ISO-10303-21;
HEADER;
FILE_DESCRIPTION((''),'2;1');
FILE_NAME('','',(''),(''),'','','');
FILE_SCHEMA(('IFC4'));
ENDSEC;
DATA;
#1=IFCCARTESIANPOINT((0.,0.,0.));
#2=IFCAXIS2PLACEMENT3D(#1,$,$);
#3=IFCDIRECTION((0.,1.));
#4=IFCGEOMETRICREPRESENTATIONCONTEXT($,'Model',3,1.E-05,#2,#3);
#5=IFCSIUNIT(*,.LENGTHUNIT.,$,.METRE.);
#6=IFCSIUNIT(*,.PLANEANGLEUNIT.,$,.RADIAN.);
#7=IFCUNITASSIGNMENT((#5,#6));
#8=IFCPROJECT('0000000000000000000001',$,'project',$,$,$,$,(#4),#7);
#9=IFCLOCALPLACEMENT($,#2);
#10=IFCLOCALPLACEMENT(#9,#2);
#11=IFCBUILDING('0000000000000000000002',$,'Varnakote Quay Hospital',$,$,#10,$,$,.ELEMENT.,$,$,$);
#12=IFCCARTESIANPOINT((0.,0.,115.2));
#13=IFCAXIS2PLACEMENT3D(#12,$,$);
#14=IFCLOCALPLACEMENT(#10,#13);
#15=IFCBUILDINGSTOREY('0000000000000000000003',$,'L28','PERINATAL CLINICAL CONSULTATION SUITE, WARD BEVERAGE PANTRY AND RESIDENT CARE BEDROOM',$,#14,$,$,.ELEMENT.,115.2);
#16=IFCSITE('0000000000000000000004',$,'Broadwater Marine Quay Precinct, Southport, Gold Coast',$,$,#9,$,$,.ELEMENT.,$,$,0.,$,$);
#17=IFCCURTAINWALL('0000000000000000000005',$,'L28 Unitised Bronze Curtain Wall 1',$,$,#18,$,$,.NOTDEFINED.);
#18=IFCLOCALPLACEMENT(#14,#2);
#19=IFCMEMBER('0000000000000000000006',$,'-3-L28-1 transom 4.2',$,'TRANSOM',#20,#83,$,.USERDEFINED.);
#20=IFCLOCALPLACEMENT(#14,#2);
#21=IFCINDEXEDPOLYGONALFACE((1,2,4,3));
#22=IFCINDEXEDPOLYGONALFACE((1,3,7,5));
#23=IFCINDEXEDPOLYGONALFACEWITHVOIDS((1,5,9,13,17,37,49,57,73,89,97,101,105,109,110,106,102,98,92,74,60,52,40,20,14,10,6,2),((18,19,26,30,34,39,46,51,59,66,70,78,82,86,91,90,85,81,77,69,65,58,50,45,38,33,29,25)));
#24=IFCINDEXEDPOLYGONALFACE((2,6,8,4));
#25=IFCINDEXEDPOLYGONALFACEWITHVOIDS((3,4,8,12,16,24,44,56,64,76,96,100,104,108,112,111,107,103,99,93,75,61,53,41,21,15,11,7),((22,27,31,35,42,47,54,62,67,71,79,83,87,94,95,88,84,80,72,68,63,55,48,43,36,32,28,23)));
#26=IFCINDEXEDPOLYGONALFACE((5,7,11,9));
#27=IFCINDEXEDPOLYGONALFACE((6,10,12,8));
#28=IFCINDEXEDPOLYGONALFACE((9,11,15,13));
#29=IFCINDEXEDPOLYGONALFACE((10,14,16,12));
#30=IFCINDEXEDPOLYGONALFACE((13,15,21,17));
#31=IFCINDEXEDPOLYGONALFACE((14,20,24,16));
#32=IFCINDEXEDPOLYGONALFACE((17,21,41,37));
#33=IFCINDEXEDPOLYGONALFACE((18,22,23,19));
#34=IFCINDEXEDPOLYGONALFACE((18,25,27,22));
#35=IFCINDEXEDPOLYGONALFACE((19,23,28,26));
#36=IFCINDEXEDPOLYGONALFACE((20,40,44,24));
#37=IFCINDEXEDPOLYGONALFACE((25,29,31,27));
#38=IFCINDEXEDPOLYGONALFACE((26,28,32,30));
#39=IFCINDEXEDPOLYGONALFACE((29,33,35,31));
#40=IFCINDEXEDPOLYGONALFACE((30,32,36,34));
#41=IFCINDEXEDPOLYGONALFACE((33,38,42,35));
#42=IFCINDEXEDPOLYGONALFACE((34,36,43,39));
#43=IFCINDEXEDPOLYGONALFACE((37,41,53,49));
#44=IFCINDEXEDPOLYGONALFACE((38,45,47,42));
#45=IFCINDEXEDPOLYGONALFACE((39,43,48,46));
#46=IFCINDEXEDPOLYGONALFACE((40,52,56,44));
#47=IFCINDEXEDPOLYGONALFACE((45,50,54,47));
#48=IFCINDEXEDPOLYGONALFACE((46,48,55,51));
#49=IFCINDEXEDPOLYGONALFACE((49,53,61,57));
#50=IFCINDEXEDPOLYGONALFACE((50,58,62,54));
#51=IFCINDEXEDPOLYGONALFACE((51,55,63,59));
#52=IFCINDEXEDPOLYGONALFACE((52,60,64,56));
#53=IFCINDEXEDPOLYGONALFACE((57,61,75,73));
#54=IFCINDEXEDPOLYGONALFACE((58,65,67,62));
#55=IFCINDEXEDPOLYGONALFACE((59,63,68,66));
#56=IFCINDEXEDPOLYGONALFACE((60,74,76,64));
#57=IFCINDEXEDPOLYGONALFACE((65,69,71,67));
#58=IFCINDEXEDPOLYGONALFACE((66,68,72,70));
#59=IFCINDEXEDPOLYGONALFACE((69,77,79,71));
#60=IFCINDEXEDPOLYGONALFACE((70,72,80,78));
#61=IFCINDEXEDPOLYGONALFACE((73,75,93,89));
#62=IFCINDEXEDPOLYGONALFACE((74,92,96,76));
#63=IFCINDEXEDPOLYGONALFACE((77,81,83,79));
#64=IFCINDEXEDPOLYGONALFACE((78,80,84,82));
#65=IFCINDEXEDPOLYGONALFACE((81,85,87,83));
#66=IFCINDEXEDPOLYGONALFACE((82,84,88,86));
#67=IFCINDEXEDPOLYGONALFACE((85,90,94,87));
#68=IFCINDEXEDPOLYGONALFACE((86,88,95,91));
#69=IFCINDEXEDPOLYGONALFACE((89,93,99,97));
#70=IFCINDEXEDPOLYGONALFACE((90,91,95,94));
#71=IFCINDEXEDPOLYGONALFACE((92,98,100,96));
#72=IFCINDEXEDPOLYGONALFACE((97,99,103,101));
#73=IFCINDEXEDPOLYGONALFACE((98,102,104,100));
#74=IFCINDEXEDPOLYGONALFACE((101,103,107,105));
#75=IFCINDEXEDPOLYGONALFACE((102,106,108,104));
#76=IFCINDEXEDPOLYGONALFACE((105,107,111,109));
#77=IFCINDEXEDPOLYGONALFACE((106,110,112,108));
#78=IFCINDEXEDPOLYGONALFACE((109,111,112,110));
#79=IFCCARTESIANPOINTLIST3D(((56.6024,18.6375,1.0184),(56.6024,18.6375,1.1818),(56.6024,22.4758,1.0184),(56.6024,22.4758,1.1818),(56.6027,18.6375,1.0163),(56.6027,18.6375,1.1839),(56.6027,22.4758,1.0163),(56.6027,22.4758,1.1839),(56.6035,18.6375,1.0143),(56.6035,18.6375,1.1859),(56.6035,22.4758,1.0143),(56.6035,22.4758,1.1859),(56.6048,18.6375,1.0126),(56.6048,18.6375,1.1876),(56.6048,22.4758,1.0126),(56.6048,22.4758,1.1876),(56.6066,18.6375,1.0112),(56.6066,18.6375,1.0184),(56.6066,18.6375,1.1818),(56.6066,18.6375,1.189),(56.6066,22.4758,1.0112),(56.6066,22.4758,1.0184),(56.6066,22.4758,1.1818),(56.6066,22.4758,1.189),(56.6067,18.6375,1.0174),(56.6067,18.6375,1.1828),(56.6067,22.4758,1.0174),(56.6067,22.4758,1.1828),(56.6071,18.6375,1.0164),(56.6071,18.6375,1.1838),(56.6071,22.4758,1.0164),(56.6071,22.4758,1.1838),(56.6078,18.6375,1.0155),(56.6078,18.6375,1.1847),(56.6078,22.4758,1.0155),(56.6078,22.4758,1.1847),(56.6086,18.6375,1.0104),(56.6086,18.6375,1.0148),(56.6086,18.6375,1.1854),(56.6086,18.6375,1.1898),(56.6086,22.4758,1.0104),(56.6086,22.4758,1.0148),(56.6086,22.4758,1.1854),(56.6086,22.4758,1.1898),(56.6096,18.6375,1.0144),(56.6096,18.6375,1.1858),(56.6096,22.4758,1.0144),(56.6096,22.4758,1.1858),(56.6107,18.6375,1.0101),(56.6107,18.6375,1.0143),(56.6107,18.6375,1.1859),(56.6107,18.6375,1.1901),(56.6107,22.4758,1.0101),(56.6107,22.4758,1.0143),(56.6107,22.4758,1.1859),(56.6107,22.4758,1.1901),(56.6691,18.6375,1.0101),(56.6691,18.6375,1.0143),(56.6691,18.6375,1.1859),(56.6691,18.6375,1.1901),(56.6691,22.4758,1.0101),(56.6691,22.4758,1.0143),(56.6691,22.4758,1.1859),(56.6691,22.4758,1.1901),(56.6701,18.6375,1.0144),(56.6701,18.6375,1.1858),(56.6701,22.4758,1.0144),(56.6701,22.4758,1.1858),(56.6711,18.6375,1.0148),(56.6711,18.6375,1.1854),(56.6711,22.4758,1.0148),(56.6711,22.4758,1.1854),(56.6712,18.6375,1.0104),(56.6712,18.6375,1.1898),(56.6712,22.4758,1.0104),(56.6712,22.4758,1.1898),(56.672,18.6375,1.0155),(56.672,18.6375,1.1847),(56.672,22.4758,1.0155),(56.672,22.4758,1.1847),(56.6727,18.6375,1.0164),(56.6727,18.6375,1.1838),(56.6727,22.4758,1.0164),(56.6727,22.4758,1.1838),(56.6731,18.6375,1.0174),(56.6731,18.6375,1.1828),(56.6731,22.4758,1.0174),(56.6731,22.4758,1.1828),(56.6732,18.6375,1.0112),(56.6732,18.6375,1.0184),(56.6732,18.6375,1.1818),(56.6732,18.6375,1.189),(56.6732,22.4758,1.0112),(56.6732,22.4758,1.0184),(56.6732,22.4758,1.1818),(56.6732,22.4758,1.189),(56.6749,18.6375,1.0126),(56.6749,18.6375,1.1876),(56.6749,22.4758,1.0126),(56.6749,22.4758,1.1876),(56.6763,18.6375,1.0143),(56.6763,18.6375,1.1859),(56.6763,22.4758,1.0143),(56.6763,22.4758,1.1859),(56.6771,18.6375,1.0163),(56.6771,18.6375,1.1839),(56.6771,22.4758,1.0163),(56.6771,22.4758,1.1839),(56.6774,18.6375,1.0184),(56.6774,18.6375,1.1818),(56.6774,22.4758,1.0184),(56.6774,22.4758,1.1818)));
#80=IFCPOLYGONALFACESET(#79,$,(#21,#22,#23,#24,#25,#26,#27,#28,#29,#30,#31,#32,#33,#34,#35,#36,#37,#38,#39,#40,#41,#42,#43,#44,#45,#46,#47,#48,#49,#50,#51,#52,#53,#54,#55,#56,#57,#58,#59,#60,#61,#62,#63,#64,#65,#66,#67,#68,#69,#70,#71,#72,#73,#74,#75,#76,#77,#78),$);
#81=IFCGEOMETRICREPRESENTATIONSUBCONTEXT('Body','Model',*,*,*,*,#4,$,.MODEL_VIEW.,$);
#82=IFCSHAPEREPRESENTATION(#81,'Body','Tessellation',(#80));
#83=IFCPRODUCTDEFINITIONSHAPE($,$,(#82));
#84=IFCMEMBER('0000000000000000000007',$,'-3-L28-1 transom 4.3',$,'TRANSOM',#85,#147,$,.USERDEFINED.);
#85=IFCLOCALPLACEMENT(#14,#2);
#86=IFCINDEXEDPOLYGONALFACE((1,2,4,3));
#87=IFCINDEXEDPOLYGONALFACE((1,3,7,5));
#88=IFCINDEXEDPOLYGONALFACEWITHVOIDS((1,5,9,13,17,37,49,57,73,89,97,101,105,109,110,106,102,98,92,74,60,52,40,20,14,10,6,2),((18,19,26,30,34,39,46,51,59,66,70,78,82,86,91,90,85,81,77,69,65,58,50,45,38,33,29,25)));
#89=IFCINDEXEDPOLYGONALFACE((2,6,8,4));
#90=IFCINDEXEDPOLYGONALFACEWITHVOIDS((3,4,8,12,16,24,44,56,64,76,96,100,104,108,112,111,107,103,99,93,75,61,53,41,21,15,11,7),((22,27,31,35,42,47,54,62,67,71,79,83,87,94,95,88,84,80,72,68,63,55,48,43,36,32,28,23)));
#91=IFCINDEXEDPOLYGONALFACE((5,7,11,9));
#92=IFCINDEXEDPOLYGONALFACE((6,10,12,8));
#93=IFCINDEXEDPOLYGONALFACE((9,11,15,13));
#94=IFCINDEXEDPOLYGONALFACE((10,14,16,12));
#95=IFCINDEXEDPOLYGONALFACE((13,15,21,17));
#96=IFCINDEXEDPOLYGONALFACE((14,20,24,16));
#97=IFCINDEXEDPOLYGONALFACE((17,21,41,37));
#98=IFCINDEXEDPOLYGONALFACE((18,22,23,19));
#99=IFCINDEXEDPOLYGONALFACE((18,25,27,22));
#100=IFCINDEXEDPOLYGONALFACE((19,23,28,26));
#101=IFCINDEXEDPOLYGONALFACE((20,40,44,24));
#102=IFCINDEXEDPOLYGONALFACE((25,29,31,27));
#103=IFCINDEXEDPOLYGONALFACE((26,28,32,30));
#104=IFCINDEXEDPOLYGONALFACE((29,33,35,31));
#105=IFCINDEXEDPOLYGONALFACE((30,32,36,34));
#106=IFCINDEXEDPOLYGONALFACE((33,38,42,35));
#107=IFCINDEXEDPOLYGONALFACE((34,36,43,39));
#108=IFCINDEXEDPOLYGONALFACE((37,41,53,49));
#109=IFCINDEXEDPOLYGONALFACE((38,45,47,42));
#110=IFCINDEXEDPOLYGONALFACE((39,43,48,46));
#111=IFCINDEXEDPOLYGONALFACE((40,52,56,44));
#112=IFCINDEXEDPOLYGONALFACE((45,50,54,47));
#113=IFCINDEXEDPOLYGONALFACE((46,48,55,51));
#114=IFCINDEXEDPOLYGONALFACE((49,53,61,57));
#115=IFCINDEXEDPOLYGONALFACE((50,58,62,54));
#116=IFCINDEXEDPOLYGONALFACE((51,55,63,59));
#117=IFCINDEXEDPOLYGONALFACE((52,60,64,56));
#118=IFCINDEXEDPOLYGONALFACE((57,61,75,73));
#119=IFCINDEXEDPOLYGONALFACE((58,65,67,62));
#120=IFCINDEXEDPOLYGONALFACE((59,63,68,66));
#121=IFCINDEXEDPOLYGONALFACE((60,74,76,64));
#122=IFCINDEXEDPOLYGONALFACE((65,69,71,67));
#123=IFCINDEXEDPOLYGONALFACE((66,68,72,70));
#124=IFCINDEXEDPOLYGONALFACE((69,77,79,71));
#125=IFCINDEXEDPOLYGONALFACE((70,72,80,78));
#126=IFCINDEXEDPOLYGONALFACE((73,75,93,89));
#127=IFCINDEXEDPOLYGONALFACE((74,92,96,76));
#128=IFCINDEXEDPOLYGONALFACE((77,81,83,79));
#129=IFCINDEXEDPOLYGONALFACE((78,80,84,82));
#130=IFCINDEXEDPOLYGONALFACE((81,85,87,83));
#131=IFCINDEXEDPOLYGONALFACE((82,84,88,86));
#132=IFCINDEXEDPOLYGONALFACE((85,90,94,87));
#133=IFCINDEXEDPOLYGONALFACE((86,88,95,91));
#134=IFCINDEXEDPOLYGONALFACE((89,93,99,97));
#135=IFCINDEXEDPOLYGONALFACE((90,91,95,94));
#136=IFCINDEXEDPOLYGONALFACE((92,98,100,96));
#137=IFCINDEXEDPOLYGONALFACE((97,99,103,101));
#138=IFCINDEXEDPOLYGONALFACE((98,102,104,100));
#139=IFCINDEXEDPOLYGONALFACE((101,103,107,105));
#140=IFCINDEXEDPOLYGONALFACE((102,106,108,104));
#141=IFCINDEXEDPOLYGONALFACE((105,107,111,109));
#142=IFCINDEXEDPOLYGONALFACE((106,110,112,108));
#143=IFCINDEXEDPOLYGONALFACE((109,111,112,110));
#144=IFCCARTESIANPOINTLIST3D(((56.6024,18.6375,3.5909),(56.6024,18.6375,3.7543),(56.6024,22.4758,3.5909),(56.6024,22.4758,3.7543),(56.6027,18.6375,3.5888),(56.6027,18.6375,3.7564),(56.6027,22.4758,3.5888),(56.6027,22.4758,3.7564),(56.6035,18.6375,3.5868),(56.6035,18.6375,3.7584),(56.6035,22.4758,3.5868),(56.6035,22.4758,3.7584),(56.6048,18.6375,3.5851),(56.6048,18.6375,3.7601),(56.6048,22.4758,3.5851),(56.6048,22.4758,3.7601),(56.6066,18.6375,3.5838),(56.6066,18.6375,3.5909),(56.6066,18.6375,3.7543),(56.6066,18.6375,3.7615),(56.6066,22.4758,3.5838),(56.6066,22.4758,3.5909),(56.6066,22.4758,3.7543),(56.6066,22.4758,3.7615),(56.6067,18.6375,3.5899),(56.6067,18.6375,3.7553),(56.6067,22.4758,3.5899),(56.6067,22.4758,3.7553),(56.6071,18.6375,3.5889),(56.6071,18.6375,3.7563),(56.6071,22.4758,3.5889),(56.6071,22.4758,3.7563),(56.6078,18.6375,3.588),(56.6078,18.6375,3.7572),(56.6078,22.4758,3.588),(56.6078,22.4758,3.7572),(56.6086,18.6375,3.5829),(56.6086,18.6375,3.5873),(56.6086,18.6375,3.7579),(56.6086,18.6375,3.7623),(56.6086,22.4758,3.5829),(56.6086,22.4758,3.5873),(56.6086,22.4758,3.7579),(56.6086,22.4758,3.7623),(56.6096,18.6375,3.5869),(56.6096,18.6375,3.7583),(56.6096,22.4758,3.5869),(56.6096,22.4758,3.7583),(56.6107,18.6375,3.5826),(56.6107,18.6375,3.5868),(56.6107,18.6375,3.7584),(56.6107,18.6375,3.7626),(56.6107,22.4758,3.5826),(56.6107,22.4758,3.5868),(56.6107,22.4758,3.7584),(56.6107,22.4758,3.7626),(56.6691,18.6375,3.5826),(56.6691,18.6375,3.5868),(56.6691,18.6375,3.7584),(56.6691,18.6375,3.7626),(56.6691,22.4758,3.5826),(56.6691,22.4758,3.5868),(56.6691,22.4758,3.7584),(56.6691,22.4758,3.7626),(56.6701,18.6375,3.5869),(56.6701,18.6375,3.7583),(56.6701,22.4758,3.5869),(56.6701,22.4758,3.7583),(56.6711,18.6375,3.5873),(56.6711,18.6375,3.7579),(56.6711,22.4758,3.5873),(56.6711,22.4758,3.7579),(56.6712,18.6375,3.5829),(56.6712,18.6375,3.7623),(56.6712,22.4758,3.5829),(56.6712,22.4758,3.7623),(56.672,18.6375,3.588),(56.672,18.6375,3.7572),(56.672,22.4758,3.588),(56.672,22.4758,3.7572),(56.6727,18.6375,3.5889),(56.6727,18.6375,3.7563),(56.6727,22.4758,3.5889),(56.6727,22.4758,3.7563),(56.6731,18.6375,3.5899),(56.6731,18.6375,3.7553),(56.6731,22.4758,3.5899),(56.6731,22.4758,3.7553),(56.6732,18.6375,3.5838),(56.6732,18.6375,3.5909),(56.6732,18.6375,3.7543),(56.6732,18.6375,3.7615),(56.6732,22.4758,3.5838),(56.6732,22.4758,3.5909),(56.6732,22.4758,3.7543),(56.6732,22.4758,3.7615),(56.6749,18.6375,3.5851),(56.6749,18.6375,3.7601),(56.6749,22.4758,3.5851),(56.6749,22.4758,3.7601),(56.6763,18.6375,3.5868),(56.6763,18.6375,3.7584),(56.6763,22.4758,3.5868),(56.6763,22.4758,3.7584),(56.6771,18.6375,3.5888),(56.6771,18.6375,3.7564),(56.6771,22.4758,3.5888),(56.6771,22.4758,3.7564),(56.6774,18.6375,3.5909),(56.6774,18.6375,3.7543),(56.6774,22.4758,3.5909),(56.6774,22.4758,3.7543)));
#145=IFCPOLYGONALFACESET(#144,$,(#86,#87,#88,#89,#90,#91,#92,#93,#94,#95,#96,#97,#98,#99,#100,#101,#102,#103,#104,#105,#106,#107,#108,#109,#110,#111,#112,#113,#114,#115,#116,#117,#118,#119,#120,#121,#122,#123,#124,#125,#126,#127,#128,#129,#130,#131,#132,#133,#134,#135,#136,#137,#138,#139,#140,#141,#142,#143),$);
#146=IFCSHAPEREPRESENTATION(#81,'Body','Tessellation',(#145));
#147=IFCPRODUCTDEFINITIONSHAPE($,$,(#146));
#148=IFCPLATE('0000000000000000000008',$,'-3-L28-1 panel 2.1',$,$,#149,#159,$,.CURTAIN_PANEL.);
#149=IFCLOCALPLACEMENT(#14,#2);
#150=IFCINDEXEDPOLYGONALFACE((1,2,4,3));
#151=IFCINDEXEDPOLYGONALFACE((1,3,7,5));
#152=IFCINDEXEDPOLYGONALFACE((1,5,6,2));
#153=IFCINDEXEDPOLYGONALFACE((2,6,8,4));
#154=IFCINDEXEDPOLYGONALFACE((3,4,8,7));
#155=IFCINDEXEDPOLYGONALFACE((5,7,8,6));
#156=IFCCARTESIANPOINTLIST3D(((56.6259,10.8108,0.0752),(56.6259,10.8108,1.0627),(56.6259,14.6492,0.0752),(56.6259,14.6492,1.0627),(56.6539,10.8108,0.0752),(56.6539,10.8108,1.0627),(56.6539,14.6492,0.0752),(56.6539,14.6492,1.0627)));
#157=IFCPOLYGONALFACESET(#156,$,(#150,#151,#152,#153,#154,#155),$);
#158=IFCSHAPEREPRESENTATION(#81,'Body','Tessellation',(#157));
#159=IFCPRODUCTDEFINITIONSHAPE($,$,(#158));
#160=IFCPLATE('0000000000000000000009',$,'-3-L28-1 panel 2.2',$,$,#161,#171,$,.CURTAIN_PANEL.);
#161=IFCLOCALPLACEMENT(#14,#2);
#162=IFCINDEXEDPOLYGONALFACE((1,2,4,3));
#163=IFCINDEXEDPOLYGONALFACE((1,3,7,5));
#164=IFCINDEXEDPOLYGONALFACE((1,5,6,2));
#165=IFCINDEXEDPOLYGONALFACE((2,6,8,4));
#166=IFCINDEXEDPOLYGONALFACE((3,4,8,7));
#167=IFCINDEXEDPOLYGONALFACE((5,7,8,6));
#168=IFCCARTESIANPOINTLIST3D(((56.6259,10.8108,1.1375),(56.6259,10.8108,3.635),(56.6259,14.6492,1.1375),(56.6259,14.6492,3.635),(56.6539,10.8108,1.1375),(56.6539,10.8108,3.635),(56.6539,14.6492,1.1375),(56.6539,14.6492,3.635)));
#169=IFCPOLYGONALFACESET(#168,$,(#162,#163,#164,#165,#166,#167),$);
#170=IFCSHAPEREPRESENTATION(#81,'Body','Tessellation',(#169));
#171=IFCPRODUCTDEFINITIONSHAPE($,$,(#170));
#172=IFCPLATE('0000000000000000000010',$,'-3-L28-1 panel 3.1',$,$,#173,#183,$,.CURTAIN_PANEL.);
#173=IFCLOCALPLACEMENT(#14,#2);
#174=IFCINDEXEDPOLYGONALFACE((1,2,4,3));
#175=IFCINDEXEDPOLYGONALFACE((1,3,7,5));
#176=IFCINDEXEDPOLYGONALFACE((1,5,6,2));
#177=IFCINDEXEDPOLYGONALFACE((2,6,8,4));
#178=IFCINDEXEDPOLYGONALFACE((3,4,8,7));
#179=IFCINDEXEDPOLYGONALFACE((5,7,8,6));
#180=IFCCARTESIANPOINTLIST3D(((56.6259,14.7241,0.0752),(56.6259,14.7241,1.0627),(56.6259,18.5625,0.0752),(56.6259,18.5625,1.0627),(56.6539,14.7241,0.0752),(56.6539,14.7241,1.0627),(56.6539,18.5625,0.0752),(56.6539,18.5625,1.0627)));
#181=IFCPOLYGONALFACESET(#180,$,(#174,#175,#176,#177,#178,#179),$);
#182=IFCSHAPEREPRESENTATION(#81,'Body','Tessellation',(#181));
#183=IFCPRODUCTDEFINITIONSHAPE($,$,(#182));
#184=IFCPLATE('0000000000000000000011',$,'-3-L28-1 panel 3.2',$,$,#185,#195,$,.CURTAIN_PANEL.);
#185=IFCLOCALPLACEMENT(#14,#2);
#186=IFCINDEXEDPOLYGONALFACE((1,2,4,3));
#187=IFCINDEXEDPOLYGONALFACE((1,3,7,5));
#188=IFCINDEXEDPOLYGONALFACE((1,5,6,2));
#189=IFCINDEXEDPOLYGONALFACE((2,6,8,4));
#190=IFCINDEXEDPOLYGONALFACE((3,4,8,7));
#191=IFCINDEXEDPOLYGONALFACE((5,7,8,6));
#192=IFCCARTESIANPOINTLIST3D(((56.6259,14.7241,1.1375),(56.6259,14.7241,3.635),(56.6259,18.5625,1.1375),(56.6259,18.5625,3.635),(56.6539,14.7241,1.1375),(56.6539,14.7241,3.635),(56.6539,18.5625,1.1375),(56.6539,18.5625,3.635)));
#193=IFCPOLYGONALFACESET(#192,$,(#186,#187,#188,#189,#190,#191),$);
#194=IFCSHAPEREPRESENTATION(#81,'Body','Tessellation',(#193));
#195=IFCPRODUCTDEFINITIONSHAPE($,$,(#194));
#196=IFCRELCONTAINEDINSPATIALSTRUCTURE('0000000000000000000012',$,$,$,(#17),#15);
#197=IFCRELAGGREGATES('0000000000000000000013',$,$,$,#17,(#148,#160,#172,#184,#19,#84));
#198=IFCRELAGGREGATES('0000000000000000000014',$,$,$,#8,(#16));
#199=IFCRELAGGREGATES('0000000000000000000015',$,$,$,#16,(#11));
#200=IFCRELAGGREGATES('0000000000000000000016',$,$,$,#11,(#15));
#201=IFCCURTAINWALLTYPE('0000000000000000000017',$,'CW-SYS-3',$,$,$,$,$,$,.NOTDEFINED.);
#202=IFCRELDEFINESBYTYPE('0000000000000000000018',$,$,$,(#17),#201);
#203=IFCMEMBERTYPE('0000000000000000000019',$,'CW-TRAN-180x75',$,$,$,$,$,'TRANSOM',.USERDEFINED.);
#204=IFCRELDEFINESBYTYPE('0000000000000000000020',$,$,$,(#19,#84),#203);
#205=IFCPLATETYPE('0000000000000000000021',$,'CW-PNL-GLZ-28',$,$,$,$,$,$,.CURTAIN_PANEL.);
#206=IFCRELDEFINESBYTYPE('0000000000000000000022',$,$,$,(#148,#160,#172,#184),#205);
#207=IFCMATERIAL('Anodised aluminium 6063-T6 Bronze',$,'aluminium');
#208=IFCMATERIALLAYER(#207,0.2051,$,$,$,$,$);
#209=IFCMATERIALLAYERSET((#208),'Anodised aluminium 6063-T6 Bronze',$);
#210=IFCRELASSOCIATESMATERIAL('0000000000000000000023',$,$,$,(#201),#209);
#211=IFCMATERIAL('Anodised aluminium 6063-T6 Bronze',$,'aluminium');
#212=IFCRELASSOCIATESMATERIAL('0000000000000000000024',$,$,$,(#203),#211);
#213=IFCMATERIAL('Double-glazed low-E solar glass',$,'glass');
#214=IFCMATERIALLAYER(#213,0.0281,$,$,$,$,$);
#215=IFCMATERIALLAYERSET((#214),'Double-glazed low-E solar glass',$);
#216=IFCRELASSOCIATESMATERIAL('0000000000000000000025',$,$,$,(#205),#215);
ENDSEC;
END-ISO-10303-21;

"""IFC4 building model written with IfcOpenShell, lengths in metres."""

from ifc_helpers import new_model, si_unit, direction, frame, origin, origin_2d, place, context, subcontext, project, spatial, rectangle, hollow_rectangle, extrude, material, layer, layer_set, material_profile, profile_set, type_object, element, aggregate, save


model = new_model("IFC4")

# Units and contexts
model_context = context("Model", 3, precision=1e-05, world=origin(), true_north=direction((0.0, 1.0)))
body_context = subcontext(model_context, "Body", "Model", "MODEL_VIEW")
ifc_project = project(units=[si_unit("LENGTHUNIT", "METRE"), si_unit("PLANEANGLEUNIT", "RADIAN")], contexts=[model_context])

# Site, building, storey
site_placement = place(None, origin())
site = spatial("IfcSite", under=ifc_project, at=site_placement, Name="Broadwater Marine Quay Precinct, Southport, Gold Coast", CompositionType="ELEMENT", RefElevation=0.0)
building_placement = place(site_placement, origin())
building = spatial("IfcBuilding", under=site, at=building_placement, Name="Varnakote Quay Hospital", CompositionType="ELEMENT")
storey_placement = place(building_placement, frame((0.0, 0.0, 115.2)))
storey = spatial("IfcBuildingStorey", under=building, at=storey_placement, Name="L28", Description="PERINATAL CLINICAL CONSULTATION SUITE, WARD BEVERAGE PANTRY AND RESIDENT CARE BEDROOM", CompositionType="ELEMENT", Elevation=115.2)

# Curtain wall, members, plates
ifc_material_1 = material(Name="Anodised aluminium 6063-T6 Bronze", Category="aluminium")
ifc_layer_1 = layer(ifc_material_1, 0.2051)
ifc_layer_set_1 = layer_set([ifc_layer_1], Name="Anodised aluminium 6063-T6 Bronze")
curtain_wall_type = type_object("IfcCurtainWallType", Name="CW-SYS-3", PredefinedType="NOTDEFINED", material=ifc_layer_set_1)
curtain_wall_placement = place(storey_placement, origin())
curtain_wall = element("IfcCurtainWall", 1, at=curtain_wall_placement, inside=storey, type_object=curtain_wall_type, Name="L28 Unitised Bronze Curtain Wall 1", PredefinedType="NOTDEFINED")
ifc_material_2 = material(Name="Anodised aluminium 6063-T6 Bronze", Category="aluminium")
ifc_material_profile_1 = material_profile(ifc_material_2, hollow_rectangle(XDim=0.075, YDim=0.1799, WallThickness=0.0042, InnerFilletRadius=0.0042, OuterFilletRadius=0.0083, at=origin_2d()), Name="CW-TRAN-180x75")
ifc_profile_set_1 = profile_set([ifc_material_profile_1], Name="Anodised aluminium 6063-T6 Bronze")
member_type_1 = type_object("IfcMemberType", Name="CW-TRAN-180x75", ElementType="TRANSOM", PredefinedType="USERDEFINED", material=ifc_profile_set_1)
member_1_placement = place(storey_placement, frame((56.6399, 18.6375, 1.1001), z_axis=(0.0, 1.0, 0.0), x_axis=(-1.0, 0.0, 0.0)))
member_1 = element("IfcMember", 2, at=member_1_placement, type_object=member_type_1, Name="-3-L28-1 transom 4.2", ObjectType="TRANSOM", PredefinedType="USERDEFINED", context=body_context, shape_type="SweptSolid", body=[
    extrude(hollow_rectangle(XDim=0.075, YDim=0.1799, WallThickness=0.0042, InnerFilletRadius=0.0042, OuterFilletRadius=0.0083, at=origin_2d()), origin(), (0.0, 0.0, 1.0), 3.8384),
])
member_2_placement = place(storey_placement, frame((56.6399, 18.6375, 3.6726), z_axis=(0.0, 1.0, 0.0), x_axis=(-1.0, 0.0, 0.0)))
member_2 = element("IfcMember", 3, at=member_2_placement, type_object=member_type_1, Name="-3-L28-1 transom 4.3", ObjectType="TRANSOM", PredefinedType="USERDEFINED", context=body_context, shape_type="SweptSolid", body=[
    extrude(hollow_rectangle(XDim=0.075, YDim=0.1799, WallThickness=0.0042, InnerFilletRadius=0.0042, OuterFilletRadius=0.0083, at=origin_2d()), origin(), (0.0, 0.0, 1.0), 3.8384),
])
ifc_material_3 = material(Name="Double-glazed low-E solar glass", Category="glass")
ifc_layer_2 = layer(ifc_material_3, 0.0281)
ifc_layer_set_2 = layer_set([ifc_layer_2], Name="Double-glazed low-E solar glass")
plate_type = type_object("IfcPlateType", Name="CW-PNL-GLZ-28", PredefinedType="CURTAIN_PANEL", material=ifc_layer_set_2)
plate_1_placement = place(storey_placement, frame((56.6399, 12.73, 0.0752), z_axis=(0.0, 0.0, 1.0), x_axis=(0.0, 1.0, 0.0)))
plate_1 = element("IfcPlate", 4, at=plate_1_placement, type_object=plate_type, Name="-3-L28-1 panel 2.1", PredefinedType="CURTAIN_PANEL", context=body_context, shape_type="SweptSolid", body=[
    extrude(rectangle(XDim=3.8384, YDim=0.0281, at=origin_2d()), origin(), (0.0, 0.0, 1.0), 0.9875),
])
plate_2_placement = place(storey_placement, frame((56.6399, 12.73, 1.1375), z_axis=(0.0, 0.0, 1.0), x_axis=(0.0, 1.0, 0.0)))
plate_2 = element("IfcPlate", 5, at=plate_2_placement, type_object=plate_type, Name="-3-L28-1 panel 2.2", PredefinedType="CURTAIN_PANEL", context=body_context, shape_type="SweptSolid", body=[
    extrude(rectangle(XDim=3.8384, YDim=0.0281, at=origin_2d()), origin(), (0.0, 0.0, 1.0), 2.4976),
])
plate_3_placement = place(storey_placement, frame((56.6399, 16.6433, 0.0752), z_axis=(0.0, 0.0, 1.0), x_axis=(0.0, 1.0, 0.0)))
plate_3 = element("IfcPlate", 6, at=plate_3_placement, type_object=plate_type, Name="-3-L28-1 panel 3.1", PredefinedType="CURTAIN_PANEL", context=body_context, shape_type="SweptSolid", body=[
    extrude(rectangle(XDim=3.8384, YDim=0.0281, at=origin_2d()), origin(), (0.0, 0.0, 1.0), 0.9875),
])
plate_4_placement = place(storey_placement, frame((56.6399, 16.6433, 1.1375), z_axis=(0.0, 0.0, 1.0), x_axis=(0.0, 1.0, 0.0)))
plate_4 = element("IfcPlate", 7, at=plate_4_placement, type_object=plate_type, Name="-3-L28-1 panel 3.2", PredefinedType="CURTAIN_PANEL", context=body_context, shape_type="SweptSolid", body=[
    extrude(rectangle(XDim=3.8384, YDim=0.0281, at=origin_2d()), origin(), (0.0, 0.0, 1.0), 2.4976),
])
aggregate(curtain_wall, [plate_1, plate_2, plate_3, plate_4, member_1, member_2])

save(model, "model.ifc")
